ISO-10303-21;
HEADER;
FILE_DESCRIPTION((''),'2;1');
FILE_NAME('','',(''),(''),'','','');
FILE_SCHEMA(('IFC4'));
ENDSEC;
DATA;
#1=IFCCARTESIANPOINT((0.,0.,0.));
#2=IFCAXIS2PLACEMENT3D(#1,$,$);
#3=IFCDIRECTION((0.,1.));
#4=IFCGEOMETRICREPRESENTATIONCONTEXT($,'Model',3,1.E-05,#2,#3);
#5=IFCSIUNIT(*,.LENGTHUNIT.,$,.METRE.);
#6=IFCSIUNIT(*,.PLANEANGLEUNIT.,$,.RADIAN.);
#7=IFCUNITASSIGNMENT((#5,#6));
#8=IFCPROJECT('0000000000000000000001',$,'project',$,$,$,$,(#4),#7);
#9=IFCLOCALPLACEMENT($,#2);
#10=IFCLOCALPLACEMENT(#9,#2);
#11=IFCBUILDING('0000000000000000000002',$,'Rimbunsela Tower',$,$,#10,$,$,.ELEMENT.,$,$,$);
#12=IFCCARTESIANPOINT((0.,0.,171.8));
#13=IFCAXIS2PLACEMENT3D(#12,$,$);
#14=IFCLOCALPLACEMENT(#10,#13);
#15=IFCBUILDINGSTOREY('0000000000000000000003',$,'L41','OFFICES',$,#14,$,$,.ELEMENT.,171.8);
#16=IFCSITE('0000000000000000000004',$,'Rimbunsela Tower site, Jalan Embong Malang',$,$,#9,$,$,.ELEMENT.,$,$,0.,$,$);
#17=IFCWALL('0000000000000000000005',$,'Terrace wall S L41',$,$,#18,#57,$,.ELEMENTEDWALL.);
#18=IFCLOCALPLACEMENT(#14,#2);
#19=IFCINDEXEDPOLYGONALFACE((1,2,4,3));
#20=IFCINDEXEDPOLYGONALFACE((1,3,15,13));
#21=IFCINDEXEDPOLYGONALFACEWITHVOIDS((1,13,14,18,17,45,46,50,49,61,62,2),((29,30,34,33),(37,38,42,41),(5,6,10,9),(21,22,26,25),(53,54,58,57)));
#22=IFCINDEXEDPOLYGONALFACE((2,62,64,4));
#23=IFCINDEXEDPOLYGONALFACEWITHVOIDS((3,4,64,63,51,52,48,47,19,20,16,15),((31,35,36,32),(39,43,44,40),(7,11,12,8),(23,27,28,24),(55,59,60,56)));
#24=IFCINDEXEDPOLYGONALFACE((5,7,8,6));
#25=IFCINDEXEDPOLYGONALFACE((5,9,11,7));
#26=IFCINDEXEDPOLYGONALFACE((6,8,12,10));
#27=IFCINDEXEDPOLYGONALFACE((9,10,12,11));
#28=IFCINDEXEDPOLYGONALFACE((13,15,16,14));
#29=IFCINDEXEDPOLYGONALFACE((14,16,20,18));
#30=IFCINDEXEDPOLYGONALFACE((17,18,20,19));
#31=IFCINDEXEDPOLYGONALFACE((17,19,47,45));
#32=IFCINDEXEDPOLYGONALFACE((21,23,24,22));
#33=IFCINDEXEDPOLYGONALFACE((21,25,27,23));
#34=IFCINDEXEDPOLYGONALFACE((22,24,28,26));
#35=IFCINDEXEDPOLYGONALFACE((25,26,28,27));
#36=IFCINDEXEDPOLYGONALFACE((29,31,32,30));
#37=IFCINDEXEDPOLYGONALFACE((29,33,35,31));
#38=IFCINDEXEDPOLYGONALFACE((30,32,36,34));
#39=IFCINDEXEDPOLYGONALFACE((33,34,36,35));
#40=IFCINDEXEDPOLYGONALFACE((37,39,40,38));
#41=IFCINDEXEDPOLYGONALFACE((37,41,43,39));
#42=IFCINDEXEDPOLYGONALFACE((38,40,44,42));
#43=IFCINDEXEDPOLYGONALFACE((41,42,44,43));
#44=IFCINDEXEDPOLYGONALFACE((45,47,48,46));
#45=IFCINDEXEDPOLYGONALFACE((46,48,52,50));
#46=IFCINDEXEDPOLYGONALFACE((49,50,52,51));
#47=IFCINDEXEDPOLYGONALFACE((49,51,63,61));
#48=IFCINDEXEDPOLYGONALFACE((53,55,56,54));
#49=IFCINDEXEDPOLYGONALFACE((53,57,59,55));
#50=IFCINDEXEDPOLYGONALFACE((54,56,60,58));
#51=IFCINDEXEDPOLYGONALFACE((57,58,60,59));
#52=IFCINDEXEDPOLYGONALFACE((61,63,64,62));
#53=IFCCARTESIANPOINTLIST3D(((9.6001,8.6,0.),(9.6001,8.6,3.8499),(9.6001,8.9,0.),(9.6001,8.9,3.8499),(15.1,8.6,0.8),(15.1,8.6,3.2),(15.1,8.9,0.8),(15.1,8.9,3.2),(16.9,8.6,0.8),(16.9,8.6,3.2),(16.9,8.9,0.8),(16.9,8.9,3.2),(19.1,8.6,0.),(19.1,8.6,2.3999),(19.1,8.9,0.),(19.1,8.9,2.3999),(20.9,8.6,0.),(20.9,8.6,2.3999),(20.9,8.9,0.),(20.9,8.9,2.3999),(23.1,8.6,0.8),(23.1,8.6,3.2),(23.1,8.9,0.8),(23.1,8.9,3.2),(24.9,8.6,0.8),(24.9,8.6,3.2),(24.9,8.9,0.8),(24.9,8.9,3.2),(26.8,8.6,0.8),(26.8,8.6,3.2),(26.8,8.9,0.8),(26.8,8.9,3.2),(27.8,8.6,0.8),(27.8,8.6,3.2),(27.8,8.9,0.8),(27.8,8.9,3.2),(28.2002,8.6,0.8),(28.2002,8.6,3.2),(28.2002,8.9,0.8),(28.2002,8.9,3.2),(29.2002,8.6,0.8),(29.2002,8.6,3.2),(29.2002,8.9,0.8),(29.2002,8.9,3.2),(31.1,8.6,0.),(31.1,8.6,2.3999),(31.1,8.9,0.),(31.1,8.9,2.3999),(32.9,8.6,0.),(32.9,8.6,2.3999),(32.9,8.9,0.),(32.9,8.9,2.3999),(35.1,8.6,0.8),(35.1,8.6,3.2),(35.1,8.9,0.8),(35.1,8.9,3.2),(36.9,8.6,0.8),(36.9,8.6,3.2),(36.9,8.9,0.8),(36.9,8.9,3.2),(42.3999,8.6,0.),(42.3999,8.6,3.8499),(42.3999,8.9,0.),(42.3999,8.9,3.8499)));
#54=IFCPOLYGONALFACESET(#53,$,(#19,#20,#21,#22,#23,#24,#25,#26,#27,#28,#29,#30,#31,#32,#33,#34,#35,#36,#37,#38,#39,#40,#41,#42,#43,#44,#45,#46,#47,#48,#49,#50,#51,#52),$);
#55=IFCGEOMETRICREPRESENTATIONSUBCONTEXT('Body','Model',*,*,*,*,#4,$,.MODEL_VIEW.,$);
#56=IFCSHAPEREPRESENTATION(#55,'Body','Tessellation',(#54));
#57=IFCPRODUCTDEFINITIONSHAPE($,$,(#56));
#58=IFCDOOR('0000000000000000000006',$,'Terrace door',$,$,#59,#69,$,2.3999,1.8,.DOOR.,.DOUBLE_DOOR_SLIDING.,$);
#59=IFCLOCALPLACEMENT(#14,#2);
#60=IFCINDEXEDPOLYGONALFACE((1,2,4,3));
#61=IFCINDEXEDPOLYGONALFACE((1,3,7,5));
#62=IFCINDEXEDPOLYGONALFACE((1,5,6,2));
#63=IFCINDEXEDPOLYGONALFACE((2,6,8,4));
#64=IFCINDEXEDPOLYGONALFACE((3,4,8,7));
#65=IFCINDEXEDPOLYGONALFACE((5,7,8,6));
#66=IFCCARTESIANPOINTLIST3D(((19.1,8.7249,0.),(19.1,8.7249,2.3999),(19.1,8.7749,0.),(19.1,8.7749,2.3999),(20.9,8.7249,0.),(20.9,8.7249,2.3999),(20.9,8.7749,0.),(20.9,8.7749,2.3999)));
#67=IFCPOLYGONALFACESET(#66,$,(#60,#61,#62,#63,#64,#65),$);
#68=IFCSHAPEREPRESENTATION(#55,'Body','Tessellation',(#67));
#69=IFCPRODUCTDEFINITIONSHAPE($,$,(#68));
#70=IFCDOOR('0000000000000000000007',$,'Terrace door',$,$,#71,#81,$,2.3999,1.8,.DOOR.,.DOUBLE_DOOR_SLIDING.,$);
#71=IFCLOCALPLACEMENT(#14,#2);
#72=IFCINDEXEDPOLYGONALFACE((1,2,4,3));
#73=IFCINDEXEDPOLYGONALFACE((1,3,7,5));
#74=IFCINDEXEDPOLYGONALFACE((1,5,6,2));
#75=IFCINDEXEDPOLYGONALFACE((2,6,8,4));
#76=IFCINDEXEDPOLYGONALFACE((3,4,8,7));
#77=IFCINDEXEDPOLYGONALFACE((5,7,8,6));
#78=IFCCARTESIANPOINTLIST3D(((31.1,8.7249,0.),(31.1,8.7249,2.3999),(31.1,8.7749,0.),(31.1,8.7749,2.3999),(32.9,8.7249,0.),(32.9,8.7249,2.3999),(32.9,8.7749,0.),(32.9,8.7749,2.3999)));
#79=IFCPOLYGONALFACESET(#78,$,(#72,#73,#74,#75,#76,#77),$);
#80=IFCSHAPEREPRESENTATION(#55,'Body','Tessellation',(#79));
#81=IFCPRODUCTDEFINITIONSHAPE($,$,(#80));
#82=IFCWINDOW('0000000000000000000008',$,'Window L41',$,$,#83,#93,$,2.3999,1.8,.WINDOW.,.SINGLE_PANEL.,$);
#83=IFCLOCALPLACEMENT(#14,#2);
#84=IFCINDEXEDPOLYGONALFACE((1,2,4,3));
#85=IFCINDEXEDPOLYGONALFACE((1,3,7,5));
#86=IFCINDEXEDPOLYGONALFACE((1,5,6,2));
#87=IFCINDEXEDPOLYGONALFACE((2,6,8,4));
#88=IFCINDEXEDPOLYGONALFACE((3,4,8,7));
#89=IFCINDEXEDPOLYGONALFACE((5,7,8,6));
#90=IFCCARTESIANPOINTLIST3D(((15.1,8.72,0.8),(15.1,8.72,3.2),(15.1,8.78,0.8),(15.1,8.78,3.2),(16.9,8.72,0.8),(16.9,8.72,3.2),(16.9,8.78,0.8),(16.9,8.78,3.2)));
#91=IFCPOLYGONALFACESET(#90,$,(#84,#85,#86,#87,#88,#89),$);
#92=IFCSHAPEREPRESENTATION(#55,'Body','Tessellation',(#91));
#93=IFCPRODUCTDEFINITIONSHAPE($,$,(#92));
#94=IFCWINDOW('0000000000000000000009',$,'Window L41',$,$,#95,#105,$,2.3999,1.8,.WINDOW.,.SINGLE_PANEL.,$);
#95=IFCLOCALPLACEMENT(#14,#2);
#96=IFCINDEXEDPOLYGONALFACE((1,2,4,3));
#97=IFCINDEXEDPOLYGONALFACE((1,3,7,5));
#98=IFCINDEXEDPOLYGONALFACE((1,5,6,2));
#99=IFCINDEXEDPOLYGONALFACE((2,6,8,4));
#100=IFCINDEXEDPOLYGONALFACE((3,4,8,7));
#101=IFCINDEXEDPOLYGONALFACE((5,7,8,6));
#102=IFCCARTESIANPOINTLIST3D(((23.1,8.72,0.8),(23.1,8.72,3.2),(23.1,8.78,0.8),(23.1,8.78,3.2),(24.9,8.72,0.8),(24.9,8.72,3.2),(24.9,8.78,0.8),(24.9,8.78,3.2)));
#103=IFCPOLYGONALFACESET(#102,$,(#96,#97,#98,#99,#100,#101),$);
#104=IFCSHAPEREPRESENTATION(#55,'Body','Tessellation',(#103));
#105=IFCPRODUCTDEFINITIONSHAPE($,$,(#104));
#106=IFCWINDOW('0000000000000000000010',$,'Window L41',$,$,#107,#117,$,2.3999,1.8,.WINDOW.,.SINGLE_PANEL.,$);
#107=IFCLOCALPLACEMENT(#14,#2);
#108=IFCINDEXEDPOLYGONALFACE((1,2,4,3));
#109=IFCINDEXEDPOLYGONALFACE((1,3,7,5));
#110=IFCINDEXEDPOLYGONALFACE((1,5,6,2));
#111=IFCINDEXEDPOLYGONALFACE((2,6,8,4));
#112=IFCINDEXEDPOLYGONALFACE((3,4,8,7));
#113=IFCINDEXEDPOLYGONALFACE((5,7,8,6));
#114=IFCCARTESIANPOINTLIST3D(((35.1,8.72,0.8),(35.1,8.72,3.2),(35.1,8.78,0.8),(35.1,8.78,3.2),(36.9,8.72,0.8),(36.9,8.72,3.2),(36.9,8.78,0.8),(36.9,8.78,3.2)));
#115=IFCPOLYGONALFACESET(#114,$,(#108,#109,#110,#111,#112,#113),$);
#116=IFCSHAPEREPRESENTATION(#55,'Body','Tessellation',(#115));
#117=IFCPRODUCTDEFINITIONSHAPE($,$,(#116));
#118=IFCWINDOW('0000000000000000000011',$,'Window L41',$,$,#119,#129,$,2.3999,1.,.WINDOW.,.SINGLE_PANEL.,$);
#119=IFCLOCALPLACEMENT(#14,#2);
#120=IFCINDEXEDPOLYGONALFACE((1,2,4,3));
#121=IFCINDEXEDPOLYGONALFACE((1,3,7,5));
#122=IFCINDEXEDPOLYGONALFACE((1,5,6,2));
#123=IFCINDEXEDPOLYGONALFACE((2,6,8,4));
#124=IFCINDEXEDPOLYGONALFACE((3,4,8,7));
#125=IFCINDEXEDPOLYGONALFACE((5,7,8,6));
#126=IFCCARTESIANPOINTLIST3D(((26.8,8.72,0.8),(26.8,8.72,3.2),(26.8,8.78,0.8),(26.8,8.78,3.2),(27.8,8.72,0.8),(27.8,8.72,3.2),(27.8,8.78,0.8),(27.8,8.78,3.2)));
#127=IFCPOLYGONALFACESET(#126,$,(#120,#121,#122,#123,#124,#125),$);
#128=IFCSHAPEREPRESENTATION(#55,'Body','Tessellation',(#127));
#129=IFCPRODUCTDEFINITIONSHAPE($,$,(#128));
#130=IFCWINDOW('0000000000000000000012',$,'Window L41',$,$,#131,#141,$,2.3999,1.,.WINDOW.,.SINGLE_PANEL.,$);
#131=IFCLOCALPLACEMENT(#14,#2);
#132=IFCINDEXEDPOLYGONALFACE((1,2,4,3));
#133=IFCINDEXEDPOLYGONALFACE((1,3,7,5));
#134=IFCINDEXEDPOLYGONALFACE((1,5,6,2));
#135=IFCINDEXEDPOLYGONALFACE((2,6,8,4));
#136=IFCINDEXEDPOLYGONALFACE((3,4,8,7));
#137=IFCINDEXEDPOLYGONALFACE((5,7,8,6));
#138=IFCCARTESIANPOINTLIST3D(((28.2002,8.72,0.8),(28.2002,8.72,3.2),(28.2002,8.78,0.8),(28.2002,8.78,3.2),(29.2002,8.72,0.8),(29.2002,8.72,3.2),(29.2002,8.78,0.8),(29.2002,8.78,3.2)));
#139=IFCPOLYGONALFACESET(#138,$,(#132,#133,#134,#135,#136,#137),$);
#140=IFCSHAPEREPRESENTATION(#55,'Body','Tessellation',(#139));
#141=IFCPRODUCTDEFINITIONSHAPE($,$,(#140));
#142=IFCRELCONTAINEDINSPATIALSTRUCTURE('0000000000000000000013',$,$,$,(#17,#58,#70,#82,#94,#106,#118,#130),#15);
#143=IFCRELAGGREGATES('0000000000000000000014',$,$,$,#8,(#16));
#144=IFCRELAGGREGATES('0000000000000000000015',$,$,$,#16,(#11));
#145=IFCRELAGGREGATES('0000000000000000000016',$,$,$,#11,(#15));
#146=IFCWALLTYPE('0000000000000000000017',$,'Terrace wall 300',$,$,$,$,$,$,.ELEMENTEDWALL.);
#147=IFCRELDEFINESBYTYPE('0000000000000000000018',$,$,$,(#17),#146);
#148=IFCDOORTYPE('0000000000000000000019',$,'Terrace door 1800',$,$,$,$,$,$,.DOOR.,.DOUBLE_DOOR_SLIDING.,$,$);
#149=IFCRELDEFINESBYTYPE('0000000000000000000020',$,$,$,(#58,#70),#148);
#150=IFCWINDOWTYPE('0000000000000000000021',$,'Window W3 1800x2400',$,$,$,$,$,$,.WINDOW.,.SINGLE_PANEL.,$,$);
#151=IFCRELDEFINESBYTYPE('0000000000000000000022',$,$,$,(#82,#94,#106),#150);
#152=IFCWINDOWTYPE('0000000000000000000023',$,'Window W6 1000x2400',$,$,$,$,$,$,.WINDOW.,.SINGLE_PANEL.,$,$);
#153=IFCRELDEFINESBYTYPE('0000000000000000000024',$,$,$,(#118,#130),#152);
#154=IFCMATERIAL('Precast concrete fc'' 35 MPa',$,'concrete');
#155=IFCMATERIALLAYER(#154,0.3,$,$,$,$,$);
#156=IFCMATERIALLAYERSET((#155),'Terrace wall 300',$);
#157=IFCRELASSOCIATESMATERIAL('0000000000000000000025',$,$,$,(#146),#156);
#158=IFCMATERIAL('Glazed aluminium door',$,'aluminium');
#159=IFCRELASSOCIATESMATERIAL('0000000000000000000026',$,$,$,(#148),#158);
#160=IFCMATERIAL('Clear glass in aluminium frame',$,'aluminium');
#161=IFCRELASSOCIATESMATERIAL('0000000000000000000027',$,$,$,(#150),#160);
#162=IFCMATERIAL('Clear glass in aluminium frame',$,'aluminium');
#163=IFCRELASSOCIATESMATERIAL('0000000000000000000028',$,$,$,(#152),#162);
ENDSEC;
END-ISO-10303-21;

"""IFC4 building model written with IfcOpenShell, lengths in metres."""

from ifc_helpers import new_model, si_unit, direction, frame, frame_2d, origin, place, context, subcontext, project, spatial, rectangle, extrude, material, layer, layer_set, type_object, element, fill, save


model = new_model("IFC4")

# Units and contexts
model_context = context("Model", 3, precision=1e-05, world=origin(), true_north=direction((0.0, 1.0)))
body_context = subcontext(model_context, "Body", "Model", "MODEL_VIEW")
ifc_project = project(units=[si_unit("LENGTHUNIT", "METRE"), si_unit("PLANEANGLEUNIT", "RADIAN")], contexts=[model_context])

# Site, building, storey
site_placement = place(None, origin())
site = spatial("IfcSite", under=ifc_project, at=site_placement, Name="Rimbunsela Tower site, Jalan Embong Malang", CompositionType="ELEMENT", RefElevation=0.0)
building_placement = place(site_placement, origin())
building = spatial("IfcBuilding", under=site, at=building_placement, Name="Rimbunsela Tower", CompositionType="ELEMENT")
storey_placement = place(building_placement, frame((0.0, 0.0, 171.8)))
storey = spatial("IfcBuildingStorey", under=building, at=storey_placement, Name="L41", Description="OFFICES", CompositionType="ELEMENT", Elevation=171.8)

# Wall, openings, doors, windows
ifc_material_1 = material(Name="Precast concrete fc' 35 MPa", Category="concrete")
ifc_layer_1 = layer(ifc_material_1, 0.3)
ifc_layer_set_1 = layer_set([ifc_layer_1], Name="Terrace wall 300")
wall_type_1 = type_object("IfcWallType", Name="Terrace wall 300", PredefinedType="ELEMENTEDWALL", material=ifc_layer_set_1)
wall_1_placement = place(storey_placement, frame((9.6001, 8.75, 0.0), z_axis=(0.0, 0.0, 1.0), x_axis=(1.0, 0.0, 0.0)))
wall_1 = element("IfcWall", 1, at=wall_1_placement, inside=storey, type_object=wall_type_1, Name="Terrace wall S L41", PredefinedType="ELEMENTEDWALL", context=body_context, shape_type="SweptSolid", body=[
    extrude(rectangle(XDim=32.7998, YDim=0.3, at=frame_2d((16.3999, 0.0))), origin(), (0.0, 0.0, 1.0), 3.8499),
])
opening_1_placement = place(wall_1_placement, frame((5.5, 0.0, 0.8)))
opening_1 = element("IfcOpeningElement", 2, at=opening_1_placement, cuts=wall_1, PredefinedType="OPENING", context=body_context, shape_type="SweptSolid", body=[
    extrude(rectangle(XDim=1.8, YDim=2.3999, at=frame_2d((0.8999, 1.2))), frame((0.0, 0.1599, 0.0), z_axis=(0.0, -1.0, 0.0), x_axis=(1.0, 0.0, 0.0)), (0.0, 0.0, 1.0), 0.3201),
])
opening_2_placement = place(wall_1_placement, frame((9.5, 0.0, 0.0)))
opening_2 = element("IfcOpeningElement", 3, at=opening_2_placement, cuts=wall_1, PredefinedType="OPENING", context=body_context, shape_type="SweptSolid", body=[
    extrude(rectangle(XDim=1.8, YDim=2.3999, at=frame_2d((0.8999, 1.2))), frame((0.0, 0.1599, 0.0), z_axis=(0.0, -1.0, 0.0), x_axis=(1.0, 0.0, 0.0)), (0.0, 0.0, 1.0), 0.3201),
])
opening_3_placement = place(wall_1_placement, frame((13.5, 0.0, 0.8)))
opening_3 = element("IfcOpeningElement", 4, at=opening_3_placement, cuts=wall_1, PredefinedType="OPENING", context=body_context, shape_type="SweptSolid", body=[
    extrude(rectangle(XDim=1.8, YDim=2.3999, at=frame_2d((0.8999, 1.2))), frame((0.0, 0.1599, 0.0), z_axis=(0.0, -1.0, 0.0), x_axis=(1.0, 0.0, 0.0)), (0.0, 0.0, 1.0), 0.3201),
])
opening_4_placement = place(wall_1_placement, frame((17.2, 0.0, 0.8)))
opening_4 = element("IfcOpeningElement", 5, at=opening_4_placement, cuts=wall_1, PredefinedType="OPENING", context=body_context, shape_type="SweptSolid", body=[
    extrude(rectangle(XDim=1.0, YDim=2.3999, at=frame_2d((0.5, 1.2))), frame((0.0, 0.1599, 0.0), z_axis=(0.0, -1.0, 0.0), x_axis=(1.0, 0.0, 0.0)), (0.0, 0.0, 1.0), 0.3201),
])
opening_5_placement = place(wall_1_placement, frame((18.6001, 0.0, 0.8)))
opening_5 = element("IfcOpeningElement", 6, at=opening_5_placement, cuts=wall_1, PredefinedType="OPENING", context=body_context, shape_type="SweptSolid", body=[
    extrude(rectangle(XDim=1.0, YDim=2.3999, at=frame_2d((0.5, 1.2))), frame((0.0, 0.1599, 0.0), z_axis=(0.0, -1.0, 0.0), x_axis=(1.0, 0.0, 0.0)), (0.0, 0.0, 1.0), 0.3201),
])
opening_6_placement = place(wall_1_placement, frame((21.5, 0.0, 0.0)))
opening_6 = element("IfcOpeningElement", 7, at=opening_6_placement, cuts=wall_1, PredefinedType="OPENING", context=body_context, shape_type="SweptSolid", body=[
    extrude(rectangle(XDim=1.8, YDim=2.3999, at=frame_2d((0.8999, 1.2))), frame((0.0, 0.1599, 0.0), z_axis=(0.0, -1.0, 0.0), x_axis=(1.0, 0.0, 0.0)), (0.0, 0.0, 1.0), 0.3201),
])
opening_7_placement = place(wall_1_placement, frame((25.5, 0.0, 0.8)))
opening_7 = element("IfcOpeningElement", 8, at=opening_7_placement, cuts=wall_1, PredefinedType="OPENING", context=body_context, shape_type="SweptSolid", body=[
    extrude(rectangle(XDim=1.8, YDim=2.3999, at=frame_2d((0.8999, 1.2))), frame((0.0, 0.1599, 0.0), z_axis=(0.0, -1.0, 0.0), x_axis=(1.0, 0.0, 0.0)), (0.0, 0.0, 1.0), 0.3201),
])
ifc_material_2 = material(Name="Glazed aluminium door", Category="aluminium")
door_type_1 = type_object("IfcDoorType", Name="Terrace door 1800", OperationType="DOUBLE_DOOR_SLIDING", PredefinedType="DOOR", material=ifc_material_2)
door_1_placement = place(opening_2_placement, origin())
door_1 = element("IfcDoor", 9, at=door_1_placement, inside=storey, type_object=door_type_1, Name="Terrace door", OperationType="DOUBLE_DOOR_SLIDING", OverallHeight=2.3999, OverallWidth=1.8, PredefinedType="DOOR", context=body_context, shape_type="SweptSolid", body=[
    extrude(rectangle(XDim=1.8, YDim=2.3999, at=frame_2d((0.8999, 1.2))), frame((0.0, 0.0249, 0.0), z_axis=(0.0, -1.0, 0.0), x_axis=(1.0, 0.0, 0.0)), (0.0, 0.0, 1.0), 0.05),
])
fill(opening_2, door_1)
door_2_placement = place(opening_6_placement, origin())
door_2 = element("IfcDoor", 10, at=door_2_placement, inside=storey, type_object=door_type_1, Name="Terrace door", OperationType="DOUBLE_DOOR_SLIDING", OverallHeight=2.3999, OverallWidth=1.8, PredefinedType="DOOR", context=body_context, shape_type="SweptSolid", body=[
    extrude(rectangle(XDim=1.8, YDim=2.3999, at=frame_2d((0.8999, 1.2))), frame((0.0, 0.0249, 0.0), z_axis=(0.0, -1.0, 0.0), x_axis=(1.0, 0.0, 0.0)), (0.0, 0.0, 1.0), 0.05),
])
fill(opening_6, door_2)
ifc_material_3 = material(Name="Clear glass in aluminium frame", Category="aluminium")
window_type_1 = type_object("IfcWindowType", Name="Window W3 1800x2400", PartitioningType="SINGLE_PANEL", PredefinedType="WINDOW", material=ifc_material_3)
window_1_placement = place(opening_1_placement, origin())
window_1 = element("IfcWindow", 11, at=window_1_placement, inside=storey, type_object=window_type_1, Name="Window L41", OverallHeight=2.3999, OverallWidth=1.8, PartitioningType="SINGLE_PANEL", PredefinedType="WINDOW", context=body_context, shape_type="SweptSolid", body=[
    extrude(rectangle(XDim=1.8, YDim=2.3999, at=frame_2d((0.8999, 1.2))), frame((0.0, 0.03, 0.0), z_axis=(0.0, -1.0, 0.0), x_axis=(1.0, 0.0, 0.0)), (0.0, 0.0, 1.0), 0.0601),
])
fill(opening_1, window_1)
window_2_placement = place(opening_3_placement, origin())
window_2 = element("IfcWindow", 12, at=window_2_placement, inside=storey, type_object=window_type_1, Name="Window L41", OverallHeight=2.3999, OverallWidth=1.8, PartitioningType="SINGLE_PANEL", PredefinedType="WINDOW", context=body_context, shape_type="SweptSolid", body=[
    extrude(rectangle(XDim=1.8, YDim=2.3999, at=frame_2d((0.8999, 1.2))), frame((0.0, 0.03, 0.0), z_axis=(0.0, -1.0, 0.0), x_axis=(1.0, 0.0, 0.0)), (0.0, 0.0, 1.0), 0.0601),
])
fill(opening_3, window_2)
window_3_placement = place(opening_7_placement, origin())
window_3 = element("IfcWindow", 13, at=window_3_placement, inside=storey, type_object=window_type_1, Name="Window L41", OverallHeight=2.3999, OverallWidth=1.8, PartitioningType="SINGLE_PANEL", PredefinedType="WINDOW", context=body_context, shape_type="SweptSolid", body=[
    extrude(rectangle(XDim=1.8, YDim=2.3999, at=frame_2d((0.8999, 1.2))), frame((0.0, 0.03, 0.0), z_axis=(0.0, -1.0, 0.0), x_axis=(1.0, 0.0, 0.0)), (0.0, 0.0, 1.0), 0.0601),
])
fill(opening_7, window_3)
ifc_material_4 = material(Name="Clear glass in aluminium frame", Category="aluminium")
window_type_2 = type_object("IfcWindowType", Name="Window W6 1000x2400", PartitioningType="SINGLE_PANEL", PredefinedType="WINDOW", material=ifc_material_4)
window_4_placement = place(opening_4_placement, origin())
window_4 = element("IfcWindow", 14, at=window_4_placement, inside=storey, type_object=window_type_2, Name="Window L41", OverallHeight=2.3999, OverallWidth=1.0, PartitioningType="SINGLE_PANEL", PredefinedType="WINDOW", context=body_context, shape_type="SweptSolid", body=[
    extrude(rectangle(XDim=1.0, YDim=2.3999, at=frame_2d((0.5, 1.2))), frame((0.0, 0.03, 0.0), z_axis=(0.0, -1.0, 0.0), x_axis=(1.0, 0.0, 0.0)), (0.0, 0.0, 1.0), 0.0601),
])
fill(opening_4, window_4)
window_5_placement = place(opening_5_placement, origin())
window_5 = element("IfcWindow", 15, at=window_5_placement, inside=storey, type_object=window_type_2, Name="Window L41", OverallHeight=2.3999, OverallWidth=1.0, PartitioningType="SINGLE_PANEL", PredefinedType="WINDOW", context=body_context, shape_type="SweptSolid", body=[
    extrude(rectangle(XDim=1.0, YDim=2.3999, at=frame_2d((0.5, 1.2))), frame((0.0, 0.03, 0.0), z_axis=(0.0, -1.0, 0.0), x_axis=(1.0, 0.0, 0.0)), (0.0, 0.0, 1.0), 0.0601),
])
fill(opening_5, window_5)

save(model, "model.ifc")
